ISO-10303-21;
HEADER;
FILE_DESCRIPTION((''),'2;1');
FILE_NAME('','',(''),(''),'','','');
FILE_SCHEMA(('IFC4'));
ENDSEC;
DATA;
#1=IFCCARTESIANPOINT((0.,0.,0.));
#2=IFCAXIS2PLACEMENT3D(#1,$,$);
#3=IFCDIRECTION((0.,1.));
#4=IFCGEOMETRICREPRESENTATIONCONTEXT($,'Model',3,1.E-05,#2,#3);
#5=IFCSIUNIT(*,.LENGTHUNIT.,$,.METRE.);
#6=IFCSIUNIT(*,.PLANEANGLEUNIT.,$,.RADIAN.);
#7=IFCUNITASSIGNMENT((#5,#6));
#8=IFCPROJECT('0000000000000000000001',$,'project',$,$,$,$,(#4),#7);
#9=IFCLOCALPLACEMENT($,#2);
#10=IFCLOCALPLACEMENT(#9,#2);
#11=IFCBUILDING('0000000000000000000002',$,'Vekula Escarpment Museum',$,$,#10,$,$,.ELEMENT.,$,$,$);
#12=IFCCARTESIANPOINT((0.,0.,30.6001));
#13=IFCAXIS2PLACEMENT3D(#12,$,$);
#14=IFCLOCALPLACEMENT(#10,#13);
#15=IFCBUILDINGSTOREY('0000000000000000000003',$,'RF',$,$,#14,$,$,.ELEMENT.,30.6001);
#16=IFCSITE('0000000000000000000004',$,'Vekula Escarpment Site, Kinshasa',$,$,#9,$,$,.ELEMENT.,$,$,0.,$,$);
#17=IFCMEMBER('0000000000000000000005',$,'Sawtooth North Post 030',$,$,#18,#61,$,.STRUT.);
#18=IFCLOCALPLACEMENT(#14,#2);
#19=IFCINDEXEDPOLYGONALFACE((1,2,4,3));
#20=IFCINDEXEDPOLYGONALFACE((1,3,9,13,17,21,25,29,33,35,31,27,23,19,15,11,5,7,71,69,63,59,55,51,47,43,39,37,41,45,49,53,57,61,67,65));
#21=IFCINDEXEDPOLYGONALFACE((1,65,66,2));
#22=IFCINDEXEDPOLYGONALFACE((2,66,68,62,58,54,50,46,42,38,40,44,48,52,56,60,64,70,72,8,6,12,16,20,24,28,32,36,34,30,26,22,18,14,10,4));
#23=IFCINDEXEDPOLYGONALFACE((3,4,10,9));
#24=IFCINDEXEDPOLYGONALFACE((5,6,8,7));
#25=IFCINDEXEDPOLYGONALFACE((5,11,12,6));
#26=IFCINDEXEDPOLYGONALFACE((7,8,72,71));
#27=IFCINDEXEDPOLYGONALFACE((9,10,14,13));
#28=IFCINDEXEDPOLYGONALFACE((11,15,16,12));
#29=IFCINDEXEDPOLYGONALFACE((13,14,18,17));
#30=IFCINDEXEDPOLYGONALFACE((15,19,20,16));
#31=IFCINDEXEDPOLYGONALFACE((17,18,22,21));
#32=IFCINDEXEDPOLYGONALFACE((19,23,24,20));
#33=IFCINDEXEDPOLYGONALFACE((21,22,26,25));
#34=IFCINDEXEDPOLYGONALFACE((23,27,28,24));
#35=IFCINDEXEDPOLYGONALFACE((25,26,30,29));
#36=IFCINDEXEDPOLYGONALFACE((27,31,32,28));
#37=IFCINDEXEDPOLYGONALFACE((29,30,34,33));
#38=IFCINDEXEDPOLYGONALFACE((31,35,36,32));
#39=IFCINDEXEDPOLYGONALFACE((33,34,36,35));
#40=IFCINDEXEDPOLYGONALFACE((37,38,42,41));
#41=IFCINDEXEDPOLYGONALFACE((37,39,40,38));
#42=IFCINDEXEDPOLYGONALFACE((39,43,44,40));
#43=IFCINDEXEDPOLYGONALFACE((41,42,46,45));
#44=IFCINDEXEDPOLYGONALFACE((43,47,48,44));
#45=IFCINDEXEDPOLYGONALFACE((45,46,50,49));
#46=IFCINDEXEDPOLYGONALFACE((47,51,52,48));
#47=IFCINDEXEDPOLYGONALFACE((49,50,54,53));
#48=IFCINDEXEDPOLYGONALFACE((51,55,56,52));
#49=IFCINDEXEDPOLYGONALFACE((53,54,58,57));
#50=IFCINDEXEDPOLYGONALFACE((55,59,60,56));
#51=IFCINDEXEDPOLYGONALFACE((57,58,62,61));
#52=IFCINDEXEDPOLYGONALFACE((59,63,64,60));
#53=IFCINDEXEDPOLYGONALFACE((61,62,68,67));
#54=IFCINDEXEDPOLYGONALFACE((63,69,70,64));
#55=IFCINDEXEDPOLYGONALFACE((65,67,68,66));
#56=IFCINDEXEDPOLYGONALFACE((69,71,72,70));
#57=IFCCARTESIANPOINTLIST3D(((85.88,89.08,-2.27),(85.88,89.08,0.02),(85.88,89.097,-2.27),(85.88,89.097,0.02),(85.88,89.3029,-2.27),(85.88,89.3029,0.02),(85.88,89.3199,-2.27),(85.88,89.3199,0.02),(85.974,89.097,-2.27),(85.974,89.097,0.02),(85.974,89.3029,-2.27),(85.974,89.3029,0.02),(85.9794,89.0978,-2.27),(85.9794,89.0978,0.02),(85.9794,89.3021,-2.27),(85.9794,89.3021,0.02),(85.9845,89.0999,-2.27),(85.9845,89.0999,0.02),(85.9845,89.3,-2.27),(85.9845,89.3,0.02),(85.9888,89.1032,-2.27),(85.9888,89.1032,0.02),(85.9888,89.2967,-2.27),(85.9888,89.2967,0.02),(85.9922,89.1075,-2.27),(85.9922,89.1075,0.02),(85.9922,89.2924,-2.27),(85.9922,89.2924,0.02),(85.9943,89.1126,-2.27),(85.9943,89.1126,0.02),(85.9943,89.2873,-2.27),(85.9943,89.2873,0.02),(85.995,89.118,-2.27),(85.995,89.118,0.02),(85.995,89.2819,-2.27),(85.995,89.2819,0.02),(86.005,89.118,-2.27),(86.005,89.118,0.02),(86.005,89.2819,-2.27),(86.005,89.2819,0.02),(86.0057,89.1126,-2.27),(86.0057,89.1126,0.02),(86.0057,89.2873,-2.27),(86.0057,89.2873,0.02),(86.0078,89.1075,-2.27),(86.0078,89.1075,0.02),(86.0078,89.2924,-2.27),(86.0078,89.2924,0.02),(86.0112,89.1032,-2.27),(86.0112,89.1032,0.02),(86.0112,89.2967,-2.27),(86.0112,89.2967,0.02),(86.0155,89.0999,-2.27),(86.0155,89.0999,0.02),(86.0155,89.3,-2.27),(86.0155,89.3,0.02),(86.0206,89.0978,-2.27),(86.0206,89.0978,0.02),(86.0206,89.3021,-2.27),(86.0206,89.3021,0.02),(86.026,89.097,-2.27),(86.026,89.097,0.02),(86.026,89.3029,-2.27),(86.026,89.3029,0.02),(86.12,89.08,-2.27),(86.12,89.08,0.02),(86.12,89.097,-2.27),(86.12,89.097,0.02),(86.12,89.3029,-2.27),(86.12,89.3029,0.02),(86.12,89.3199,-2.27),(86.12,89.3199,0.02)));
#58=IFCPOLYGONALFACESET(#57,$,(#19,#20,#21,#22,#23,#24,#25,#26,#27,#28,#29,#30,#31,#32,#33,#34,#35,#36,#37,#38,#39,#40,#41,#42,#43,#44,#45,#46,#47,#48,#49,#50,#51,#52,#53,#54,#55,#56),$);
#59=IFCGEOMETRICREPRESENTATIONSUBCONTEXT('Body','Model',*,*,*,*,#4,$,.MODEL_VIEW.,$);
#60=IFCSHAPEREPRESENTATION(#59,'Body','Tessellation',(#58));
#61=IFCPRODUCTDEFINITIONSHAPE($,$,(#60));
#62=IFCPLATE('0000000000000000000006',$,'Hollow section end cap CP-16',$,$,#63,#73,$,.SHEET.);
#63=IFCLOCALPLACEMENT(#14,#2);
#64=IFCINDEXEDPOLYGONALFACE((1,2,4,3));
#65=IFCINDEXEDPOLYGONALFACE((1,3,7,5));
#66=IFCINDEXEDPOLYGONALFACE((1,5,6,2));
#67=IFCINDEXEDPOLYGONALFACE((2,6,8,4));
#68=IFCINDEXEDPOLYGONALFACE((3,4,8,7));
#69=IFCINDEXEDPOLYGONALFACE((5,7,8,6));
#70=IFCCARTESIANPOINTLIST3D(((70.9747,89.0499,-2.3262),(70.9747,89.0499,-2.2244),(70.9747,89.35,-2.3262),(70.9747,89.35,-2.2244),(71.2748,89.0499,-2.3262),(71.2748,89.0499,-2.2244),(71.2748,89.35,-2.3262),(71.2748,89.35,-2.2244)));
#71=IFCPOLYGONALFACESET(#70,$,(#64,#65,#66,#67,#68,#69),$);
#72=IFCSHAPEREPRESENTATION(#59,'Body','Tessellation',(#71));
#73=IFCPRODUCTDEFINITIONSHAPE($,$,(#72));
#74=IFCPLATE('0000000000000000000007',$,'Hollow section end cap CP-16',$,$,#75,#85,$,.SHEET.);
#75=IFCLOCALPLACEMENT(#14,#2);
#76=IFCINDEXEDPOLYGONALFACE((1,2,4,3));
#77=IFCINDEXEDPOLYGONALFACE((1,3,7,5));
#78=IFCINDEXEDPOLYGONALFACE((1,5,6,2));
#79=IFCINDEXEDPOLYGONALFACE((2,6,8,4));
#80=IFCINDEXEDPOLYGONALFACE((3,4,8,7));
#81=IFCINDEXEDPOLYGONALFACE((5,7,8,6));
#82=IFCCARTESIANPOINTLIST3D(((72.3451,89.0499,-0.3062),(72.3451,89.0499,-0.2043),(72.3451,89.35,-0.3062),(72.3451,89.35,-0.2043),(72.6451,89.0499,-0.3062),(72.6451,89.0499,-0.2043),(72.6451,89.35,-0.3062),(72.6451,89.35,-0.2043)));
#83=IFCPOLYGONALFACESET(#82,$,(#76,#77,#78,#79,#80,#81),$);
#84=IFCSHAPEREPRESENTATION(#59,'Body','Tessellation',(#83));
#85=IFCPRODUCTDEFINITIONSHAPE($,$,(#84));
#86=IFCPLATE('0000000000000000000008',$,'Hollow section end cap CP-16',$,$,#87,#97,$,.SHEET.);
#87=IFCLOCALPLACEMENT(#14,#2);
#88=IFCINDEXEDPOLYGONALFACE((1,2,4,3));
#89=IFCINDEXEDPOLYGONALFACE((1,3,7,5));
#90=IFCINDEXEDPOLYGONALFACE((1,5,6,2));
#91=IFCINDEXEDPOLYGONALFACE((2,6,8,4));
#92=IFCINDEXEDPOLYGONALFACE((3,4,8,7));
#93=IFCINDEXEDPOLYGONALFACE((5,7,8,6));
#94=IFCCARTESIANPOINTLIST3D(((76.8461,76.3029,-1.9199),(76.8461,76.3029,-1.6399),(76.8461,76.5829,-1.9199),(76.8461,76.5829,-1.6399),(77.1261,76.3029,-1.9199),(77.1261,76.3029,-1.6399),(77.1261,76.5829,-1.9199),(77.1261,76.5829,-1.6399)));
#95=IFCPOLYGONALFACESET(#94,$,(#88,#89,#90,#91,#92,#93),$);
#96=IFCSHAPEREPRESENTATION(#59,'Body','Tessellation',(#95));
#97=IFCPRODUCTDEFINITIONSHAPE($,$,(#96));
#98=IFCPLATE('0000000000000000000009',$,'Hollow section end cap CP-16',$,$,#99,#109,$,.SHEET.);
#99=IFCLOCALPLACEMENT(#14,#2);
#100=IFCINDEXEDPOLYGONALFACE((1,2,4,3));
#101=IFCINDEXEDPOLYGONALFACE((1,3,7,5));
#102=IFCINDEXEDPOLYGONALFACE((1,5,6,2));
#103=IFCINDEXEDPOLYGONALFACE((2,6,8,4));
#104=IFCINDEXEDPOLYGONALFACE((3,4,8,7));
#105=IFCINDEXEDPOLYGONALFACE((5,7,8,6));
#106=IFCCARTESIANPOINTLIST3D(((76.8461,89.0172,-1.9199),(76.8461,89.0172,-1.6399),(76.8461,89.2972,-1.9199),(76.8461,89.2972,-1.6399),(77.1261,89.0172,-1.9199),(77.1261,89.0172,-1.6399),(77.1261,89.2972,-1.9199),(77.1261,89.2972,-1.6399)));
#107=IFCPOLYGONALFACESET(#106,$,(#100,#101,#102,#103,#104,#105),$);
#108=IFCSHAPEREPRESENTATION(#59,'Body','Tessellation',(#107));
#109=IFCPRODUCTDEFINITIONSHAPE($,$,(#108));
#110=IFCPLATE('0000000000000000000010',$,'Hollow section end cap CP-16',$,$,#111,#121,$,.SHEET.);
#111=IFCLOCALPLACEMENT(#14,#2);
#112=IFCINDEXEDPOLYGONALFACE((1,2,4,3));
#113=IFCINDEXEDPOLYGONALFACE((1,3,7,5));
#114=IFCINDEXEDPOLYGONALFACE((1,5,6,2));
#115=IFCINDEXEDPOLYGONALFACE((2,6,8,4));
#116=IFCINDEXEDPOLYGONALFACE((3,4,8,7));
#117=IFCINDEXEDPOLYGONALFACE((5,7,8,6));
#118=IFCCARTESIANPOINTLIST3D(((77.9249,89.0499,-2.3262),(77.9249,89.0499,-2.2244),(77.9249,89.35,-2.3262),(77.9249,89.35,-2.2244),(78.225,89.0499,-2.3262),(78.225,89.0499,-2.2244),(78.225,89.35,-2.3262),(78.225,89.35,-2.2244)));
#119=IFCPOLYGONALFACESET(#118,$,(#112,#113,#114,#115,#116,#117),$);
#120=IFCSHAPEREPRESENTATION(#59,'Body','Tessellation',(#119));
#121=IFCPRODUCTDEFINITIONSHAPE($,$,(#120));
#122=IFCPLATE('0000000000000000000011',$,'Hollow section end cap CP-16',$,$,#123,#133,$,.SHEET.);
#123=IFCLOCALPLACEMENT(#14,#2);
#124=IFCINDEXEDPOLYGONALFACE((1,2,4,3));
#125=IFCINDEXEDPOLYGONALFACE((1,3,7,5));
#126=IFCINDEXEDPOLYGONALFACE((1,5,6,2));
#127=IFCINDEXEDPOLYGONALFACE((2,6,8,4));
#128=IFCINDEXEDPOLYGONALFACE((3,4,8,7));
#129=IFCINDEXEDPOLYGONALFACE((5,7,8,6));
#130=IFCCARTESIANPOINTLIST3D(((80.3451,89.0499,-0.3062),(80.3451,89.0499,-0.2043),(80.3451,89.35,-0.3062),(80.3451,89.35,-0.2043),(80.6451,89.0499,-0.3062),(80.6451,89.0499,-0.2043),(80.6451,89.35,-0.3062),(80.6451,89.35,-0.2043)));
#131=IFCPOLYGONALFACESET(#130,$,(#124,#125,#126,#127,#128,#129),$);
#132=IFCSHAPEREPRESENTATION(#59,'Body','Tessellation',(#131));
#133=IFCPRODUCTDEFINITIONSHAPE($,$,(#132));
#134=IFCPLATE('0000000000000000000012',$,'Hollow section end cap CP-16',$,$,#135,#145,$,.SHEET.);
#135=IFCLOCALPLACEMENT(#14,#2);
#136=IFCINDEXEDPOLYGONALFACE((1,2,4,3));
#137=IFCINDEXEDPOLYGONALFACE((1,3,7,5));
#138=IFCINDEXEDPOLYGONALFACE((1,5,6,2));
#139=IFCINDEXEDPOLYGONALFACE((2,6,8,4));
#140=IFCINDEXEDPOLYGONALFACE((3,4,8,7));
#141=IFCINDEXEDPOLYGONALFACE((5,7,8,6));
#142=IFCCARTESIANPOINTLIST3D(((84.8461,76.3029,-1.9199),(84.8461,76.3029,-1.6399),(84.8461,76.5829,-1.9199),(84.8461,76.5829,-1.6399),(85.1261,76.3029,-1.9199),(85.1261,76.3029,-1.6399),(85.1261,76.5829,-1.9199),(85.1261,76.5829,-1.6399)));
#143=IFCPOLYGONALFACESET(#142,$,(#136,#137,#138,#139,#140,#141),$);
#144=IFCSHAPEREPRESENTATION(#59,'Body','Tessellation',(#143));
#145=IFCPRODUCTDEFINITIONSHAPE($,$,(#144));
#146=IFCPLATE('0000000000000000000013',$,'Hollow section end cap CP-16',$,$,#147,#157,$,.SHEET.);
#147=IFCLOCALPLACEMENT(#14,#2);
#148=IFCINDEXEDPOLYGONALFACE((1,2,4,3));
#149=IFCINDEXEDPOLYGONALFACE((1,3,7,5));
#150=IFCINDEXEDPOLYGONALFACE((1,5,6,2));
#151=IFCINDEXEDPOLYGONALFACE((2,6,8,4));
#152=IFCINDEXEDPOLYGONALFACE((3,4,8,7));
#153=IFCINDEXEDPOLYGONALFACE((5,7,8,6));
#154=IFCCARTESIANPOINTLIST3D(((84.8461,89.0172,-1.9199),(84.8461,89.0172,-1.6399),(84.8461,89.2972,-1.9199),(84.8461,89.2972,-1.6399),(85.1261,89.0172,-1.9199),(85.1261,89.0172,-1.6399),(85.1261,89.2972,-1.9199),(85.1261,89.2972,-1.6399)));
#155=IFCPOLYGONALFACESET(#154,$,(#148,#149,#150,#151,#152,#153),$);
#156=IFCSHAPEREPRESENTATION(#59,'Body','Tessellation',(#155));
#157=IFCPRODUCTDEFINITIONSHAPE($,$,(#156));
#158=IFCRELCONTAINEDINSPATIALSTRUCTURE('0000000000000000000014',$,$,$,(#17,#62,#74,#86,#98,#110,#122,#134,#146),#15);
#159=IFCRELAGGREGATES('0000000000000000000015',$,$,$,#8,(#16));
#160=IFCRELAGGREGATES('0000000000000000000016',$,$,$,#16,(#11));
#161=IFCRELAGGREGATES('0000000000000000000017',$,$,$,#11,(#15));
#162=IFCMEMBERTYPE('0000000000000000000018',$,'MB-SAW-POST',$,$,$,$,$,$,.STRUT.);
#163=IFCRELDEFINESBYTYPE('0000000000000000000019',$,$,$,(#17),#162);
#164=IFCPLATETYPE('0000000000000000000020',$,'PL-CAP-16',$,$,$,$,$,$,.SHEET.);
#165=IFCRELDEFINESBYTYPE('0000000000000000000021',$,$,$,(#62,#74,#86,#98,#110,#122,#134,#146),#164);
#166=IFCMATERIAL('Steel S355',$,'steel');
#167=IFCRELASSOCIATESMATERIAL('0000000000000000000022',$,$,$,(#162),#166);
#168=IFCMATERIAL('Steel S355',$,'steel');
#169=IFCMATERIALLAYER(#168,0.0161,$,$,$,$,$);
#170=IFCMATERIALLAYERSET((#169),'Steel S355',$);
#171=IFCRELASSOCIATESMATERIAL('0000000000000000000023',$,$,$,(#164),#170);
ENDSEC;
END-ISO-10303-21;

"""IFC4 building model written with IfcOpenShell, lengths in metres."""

from ifc_helpers import new_model, si_unit, direction, frame, origin, origin_2d, place, context, subcontext, project, spatial, rectangle, i_section, extrude, material, layer, layer_set, material_profile, profile_set, type_object, element, save


model = new_model("IFC4")

# Units and contexts
model_context = context("Model", 3, precision=1e-05, world=origin(), true_north=direction((0.0, 1.0)))
body_context = subcontext(model_context, "Body", "Model", "MODEL_VIEW")
ifc_project = project(units=[si_unit("LENGTHUNIT", "METRE"), si_unit("PLANEANGLEUNIT", "RADIAN")], contexts=[model_context])

# Site, building, storey
site_placement = place(None, origin())
site = spatial("IfcSite", under=ifc_project, at=site_placement, Name="Vekula Escarpment Site, Kinshasa", CompositionType="ELEMENT", RefElevation=0.0)
building_placement = place(site_placement, origin())
building = spatial("IfcBuilding", under=site, at=building_placement, Name="Vekula Escarpment Museum", CompositionType="ELEMENT")
storey_placement = place(building_placement, frame((0.0, 0.0, 30.6001)))
storey = spatial("IfcBuildingStorey", under=building, at=storey_placement, Name="RF", CompositionType="ELEMENT", Elevation=30.6001)

# Member
ifc_material_1 = material(Name="Steel S355", Category="steel")
ifc_material_profile_1 = material_profile(ifc_material_1, i_section(OverallWidth=0.24, OverallDepth=0.24, WebThickness=0.01, FlangeThickness=0.0171, FilletRadius=0.021, at=origin_2d()), Name="HEB 240")
ifc_profile_set_1 = profile_set([ifc_material_profile_1], Name="Steel S355")
member_type_1 = type_object("IfcMemberType", Name="MB-SAW-POST", PredefinedType="STRUT", material=ifc_profile_set_1)
for number, where, z_axis, x_axis, name in (
    (1, (86.0, 89.2, -2.27), (0.0, 0.0, 1.0), (1.0, 0.0, 0.0), "Sawtooth North Post 030"),
):
    element("IfcMember", number, at=place(storey_placement, frame(where, z_axis=z_axis, x_axis=x_axis)), inside=storey, type_object=member_type_1, Name=name, PredefinedType="STRUT", context=body_context, shape_type="SweptSolid", body=[
        extrude(i_section(OverallWidth=0.24, OverallDepth=0.24, WebThickness=0.01, FlangeThickness=0.0171, FilletRadius=0.021, at=origin_2d()), origin(), (0.0, 0.0, 1.0), 2.29),
    ])

# Plates
ifc_material_2 = material(Name="Steel S355", Category="steel")
ifc_layer = layer(ifc_material_2, 0.0161)
ifc_layer_set = layer_set([ifc_layer], Name="Steel S355")
plate_type = type_object("IfcPlateType", Name="PL-CAP-16", PredefinedType="SHEET", material=ifc_layer_set)
for number, where, z_axis, x_axis, name in (
    (2, (71.1248, 89.2, -2.3262), (0.0, 0.0, 1.0), (1.0, 0.0, 0.0), "Hollow section end cap CP-16"),
    (3, (72.4951, 89.2, -0.3062), (0.0, 0.0, 1.0), (1.0, 0.0, 0.0), "Hollow section end cap CP-16"),
):
    element("IfcPlate", number, at=place(storey_placement, frame(where, z_axis=z_axis, x_axis=x_axis)), inside=storey, type_object=plate_type, Name=name, PredefinedType="SHEET", context=body_context, shape_type="SweptSolid", body=[
        extrude(rectangle(XDim=0.3, YDim=0.3, at=origin_2d()), origin(), (0.0, 0.0, 1.0), 0.1018),
    ])
for number, where, z_axis, x_axis, name in (
    (4, (76.9861, 76.4429, -1.9199), (0.0, 0.0, 1.0), (1.0, 0.0, 0.0), "Hollow section end cap CP-16"),
    (5, (76.9861, 89.1572, -1.9199), (0.0, 0.0, 1.0), (1.0, 0.0, 0.0), "Hollow section end cap CP-16"),
):
    element("IfcPlate", number, at=place(storey_placement, frame(where, z_axis=z_axis, x_axis=x_axis)), inside=storey, type_object=plate_type, Name=name, PredefinedType="SHEET", context=body_context, shape_type="SweptSolid", body=[
        extrude(rectangle(XDim=0.28, YDim=0.28, at=origin_2d()), origin(), (0.0, 0.0, 1.0), 0.28),
    ])
for number, where, z_axis, x_axis, name in (
    (6, (78.075, 89.2, -2.3262), (0.0, 0.0, 1.0), (1.0, 0.0, 0.0), "Hollow section end cap CP-16"),
    (7, (80.4951, 89.2, -0.3062), (0.0, 0.0, 1.0), (1.0, 0.0, 0.0), "Hollow section end cap CP-16"),
):
    element("IfcPlate", number, at=place(storey_placement, frame(where, z_axis=z_axis, x_axis=x_axis)), inside=storey, type_object=plate_type, Name=name, PredefinedType="SHEET", context=body_context, shape_type="SweptSolid", body=[
        extrude(rectangle(XDim=0.3, YDim=0.3, at=origin_2d()), origin(), (0.0, 0.0, 1.0), 0.1018),
    ])
for number, where, z_axis, x_axis, name in (
    (8, (84.9861, 76.4429, -1.9199), (0.0, 0.0, 1.0), (1.0, 0.0, 0.0), "Hollow section end cap CP-16"),
    (9, (84.9861, 89.1572, -1.9199), (0.0, 0.0, 1.0), (1.0, 0.0, 0.0), "Hollow section end cap CP-16"),
):
    element("IfcPlate", number, at=place(storey_placement, frame(where, z_axis=z_axis, x_axis=x_axis)), inside=storey, type_object=plate_type, Name=name, PredefinedType="SHEET", context=body_context, shape_type="SweptSolid", body=[
        extrude(rectangle(XDim=0.28, YDim=0.28, at=origin_2d()), origin(), (0.0, 0.0, 1.0), 0.28),
    ])

save(model, "model.ifc")
